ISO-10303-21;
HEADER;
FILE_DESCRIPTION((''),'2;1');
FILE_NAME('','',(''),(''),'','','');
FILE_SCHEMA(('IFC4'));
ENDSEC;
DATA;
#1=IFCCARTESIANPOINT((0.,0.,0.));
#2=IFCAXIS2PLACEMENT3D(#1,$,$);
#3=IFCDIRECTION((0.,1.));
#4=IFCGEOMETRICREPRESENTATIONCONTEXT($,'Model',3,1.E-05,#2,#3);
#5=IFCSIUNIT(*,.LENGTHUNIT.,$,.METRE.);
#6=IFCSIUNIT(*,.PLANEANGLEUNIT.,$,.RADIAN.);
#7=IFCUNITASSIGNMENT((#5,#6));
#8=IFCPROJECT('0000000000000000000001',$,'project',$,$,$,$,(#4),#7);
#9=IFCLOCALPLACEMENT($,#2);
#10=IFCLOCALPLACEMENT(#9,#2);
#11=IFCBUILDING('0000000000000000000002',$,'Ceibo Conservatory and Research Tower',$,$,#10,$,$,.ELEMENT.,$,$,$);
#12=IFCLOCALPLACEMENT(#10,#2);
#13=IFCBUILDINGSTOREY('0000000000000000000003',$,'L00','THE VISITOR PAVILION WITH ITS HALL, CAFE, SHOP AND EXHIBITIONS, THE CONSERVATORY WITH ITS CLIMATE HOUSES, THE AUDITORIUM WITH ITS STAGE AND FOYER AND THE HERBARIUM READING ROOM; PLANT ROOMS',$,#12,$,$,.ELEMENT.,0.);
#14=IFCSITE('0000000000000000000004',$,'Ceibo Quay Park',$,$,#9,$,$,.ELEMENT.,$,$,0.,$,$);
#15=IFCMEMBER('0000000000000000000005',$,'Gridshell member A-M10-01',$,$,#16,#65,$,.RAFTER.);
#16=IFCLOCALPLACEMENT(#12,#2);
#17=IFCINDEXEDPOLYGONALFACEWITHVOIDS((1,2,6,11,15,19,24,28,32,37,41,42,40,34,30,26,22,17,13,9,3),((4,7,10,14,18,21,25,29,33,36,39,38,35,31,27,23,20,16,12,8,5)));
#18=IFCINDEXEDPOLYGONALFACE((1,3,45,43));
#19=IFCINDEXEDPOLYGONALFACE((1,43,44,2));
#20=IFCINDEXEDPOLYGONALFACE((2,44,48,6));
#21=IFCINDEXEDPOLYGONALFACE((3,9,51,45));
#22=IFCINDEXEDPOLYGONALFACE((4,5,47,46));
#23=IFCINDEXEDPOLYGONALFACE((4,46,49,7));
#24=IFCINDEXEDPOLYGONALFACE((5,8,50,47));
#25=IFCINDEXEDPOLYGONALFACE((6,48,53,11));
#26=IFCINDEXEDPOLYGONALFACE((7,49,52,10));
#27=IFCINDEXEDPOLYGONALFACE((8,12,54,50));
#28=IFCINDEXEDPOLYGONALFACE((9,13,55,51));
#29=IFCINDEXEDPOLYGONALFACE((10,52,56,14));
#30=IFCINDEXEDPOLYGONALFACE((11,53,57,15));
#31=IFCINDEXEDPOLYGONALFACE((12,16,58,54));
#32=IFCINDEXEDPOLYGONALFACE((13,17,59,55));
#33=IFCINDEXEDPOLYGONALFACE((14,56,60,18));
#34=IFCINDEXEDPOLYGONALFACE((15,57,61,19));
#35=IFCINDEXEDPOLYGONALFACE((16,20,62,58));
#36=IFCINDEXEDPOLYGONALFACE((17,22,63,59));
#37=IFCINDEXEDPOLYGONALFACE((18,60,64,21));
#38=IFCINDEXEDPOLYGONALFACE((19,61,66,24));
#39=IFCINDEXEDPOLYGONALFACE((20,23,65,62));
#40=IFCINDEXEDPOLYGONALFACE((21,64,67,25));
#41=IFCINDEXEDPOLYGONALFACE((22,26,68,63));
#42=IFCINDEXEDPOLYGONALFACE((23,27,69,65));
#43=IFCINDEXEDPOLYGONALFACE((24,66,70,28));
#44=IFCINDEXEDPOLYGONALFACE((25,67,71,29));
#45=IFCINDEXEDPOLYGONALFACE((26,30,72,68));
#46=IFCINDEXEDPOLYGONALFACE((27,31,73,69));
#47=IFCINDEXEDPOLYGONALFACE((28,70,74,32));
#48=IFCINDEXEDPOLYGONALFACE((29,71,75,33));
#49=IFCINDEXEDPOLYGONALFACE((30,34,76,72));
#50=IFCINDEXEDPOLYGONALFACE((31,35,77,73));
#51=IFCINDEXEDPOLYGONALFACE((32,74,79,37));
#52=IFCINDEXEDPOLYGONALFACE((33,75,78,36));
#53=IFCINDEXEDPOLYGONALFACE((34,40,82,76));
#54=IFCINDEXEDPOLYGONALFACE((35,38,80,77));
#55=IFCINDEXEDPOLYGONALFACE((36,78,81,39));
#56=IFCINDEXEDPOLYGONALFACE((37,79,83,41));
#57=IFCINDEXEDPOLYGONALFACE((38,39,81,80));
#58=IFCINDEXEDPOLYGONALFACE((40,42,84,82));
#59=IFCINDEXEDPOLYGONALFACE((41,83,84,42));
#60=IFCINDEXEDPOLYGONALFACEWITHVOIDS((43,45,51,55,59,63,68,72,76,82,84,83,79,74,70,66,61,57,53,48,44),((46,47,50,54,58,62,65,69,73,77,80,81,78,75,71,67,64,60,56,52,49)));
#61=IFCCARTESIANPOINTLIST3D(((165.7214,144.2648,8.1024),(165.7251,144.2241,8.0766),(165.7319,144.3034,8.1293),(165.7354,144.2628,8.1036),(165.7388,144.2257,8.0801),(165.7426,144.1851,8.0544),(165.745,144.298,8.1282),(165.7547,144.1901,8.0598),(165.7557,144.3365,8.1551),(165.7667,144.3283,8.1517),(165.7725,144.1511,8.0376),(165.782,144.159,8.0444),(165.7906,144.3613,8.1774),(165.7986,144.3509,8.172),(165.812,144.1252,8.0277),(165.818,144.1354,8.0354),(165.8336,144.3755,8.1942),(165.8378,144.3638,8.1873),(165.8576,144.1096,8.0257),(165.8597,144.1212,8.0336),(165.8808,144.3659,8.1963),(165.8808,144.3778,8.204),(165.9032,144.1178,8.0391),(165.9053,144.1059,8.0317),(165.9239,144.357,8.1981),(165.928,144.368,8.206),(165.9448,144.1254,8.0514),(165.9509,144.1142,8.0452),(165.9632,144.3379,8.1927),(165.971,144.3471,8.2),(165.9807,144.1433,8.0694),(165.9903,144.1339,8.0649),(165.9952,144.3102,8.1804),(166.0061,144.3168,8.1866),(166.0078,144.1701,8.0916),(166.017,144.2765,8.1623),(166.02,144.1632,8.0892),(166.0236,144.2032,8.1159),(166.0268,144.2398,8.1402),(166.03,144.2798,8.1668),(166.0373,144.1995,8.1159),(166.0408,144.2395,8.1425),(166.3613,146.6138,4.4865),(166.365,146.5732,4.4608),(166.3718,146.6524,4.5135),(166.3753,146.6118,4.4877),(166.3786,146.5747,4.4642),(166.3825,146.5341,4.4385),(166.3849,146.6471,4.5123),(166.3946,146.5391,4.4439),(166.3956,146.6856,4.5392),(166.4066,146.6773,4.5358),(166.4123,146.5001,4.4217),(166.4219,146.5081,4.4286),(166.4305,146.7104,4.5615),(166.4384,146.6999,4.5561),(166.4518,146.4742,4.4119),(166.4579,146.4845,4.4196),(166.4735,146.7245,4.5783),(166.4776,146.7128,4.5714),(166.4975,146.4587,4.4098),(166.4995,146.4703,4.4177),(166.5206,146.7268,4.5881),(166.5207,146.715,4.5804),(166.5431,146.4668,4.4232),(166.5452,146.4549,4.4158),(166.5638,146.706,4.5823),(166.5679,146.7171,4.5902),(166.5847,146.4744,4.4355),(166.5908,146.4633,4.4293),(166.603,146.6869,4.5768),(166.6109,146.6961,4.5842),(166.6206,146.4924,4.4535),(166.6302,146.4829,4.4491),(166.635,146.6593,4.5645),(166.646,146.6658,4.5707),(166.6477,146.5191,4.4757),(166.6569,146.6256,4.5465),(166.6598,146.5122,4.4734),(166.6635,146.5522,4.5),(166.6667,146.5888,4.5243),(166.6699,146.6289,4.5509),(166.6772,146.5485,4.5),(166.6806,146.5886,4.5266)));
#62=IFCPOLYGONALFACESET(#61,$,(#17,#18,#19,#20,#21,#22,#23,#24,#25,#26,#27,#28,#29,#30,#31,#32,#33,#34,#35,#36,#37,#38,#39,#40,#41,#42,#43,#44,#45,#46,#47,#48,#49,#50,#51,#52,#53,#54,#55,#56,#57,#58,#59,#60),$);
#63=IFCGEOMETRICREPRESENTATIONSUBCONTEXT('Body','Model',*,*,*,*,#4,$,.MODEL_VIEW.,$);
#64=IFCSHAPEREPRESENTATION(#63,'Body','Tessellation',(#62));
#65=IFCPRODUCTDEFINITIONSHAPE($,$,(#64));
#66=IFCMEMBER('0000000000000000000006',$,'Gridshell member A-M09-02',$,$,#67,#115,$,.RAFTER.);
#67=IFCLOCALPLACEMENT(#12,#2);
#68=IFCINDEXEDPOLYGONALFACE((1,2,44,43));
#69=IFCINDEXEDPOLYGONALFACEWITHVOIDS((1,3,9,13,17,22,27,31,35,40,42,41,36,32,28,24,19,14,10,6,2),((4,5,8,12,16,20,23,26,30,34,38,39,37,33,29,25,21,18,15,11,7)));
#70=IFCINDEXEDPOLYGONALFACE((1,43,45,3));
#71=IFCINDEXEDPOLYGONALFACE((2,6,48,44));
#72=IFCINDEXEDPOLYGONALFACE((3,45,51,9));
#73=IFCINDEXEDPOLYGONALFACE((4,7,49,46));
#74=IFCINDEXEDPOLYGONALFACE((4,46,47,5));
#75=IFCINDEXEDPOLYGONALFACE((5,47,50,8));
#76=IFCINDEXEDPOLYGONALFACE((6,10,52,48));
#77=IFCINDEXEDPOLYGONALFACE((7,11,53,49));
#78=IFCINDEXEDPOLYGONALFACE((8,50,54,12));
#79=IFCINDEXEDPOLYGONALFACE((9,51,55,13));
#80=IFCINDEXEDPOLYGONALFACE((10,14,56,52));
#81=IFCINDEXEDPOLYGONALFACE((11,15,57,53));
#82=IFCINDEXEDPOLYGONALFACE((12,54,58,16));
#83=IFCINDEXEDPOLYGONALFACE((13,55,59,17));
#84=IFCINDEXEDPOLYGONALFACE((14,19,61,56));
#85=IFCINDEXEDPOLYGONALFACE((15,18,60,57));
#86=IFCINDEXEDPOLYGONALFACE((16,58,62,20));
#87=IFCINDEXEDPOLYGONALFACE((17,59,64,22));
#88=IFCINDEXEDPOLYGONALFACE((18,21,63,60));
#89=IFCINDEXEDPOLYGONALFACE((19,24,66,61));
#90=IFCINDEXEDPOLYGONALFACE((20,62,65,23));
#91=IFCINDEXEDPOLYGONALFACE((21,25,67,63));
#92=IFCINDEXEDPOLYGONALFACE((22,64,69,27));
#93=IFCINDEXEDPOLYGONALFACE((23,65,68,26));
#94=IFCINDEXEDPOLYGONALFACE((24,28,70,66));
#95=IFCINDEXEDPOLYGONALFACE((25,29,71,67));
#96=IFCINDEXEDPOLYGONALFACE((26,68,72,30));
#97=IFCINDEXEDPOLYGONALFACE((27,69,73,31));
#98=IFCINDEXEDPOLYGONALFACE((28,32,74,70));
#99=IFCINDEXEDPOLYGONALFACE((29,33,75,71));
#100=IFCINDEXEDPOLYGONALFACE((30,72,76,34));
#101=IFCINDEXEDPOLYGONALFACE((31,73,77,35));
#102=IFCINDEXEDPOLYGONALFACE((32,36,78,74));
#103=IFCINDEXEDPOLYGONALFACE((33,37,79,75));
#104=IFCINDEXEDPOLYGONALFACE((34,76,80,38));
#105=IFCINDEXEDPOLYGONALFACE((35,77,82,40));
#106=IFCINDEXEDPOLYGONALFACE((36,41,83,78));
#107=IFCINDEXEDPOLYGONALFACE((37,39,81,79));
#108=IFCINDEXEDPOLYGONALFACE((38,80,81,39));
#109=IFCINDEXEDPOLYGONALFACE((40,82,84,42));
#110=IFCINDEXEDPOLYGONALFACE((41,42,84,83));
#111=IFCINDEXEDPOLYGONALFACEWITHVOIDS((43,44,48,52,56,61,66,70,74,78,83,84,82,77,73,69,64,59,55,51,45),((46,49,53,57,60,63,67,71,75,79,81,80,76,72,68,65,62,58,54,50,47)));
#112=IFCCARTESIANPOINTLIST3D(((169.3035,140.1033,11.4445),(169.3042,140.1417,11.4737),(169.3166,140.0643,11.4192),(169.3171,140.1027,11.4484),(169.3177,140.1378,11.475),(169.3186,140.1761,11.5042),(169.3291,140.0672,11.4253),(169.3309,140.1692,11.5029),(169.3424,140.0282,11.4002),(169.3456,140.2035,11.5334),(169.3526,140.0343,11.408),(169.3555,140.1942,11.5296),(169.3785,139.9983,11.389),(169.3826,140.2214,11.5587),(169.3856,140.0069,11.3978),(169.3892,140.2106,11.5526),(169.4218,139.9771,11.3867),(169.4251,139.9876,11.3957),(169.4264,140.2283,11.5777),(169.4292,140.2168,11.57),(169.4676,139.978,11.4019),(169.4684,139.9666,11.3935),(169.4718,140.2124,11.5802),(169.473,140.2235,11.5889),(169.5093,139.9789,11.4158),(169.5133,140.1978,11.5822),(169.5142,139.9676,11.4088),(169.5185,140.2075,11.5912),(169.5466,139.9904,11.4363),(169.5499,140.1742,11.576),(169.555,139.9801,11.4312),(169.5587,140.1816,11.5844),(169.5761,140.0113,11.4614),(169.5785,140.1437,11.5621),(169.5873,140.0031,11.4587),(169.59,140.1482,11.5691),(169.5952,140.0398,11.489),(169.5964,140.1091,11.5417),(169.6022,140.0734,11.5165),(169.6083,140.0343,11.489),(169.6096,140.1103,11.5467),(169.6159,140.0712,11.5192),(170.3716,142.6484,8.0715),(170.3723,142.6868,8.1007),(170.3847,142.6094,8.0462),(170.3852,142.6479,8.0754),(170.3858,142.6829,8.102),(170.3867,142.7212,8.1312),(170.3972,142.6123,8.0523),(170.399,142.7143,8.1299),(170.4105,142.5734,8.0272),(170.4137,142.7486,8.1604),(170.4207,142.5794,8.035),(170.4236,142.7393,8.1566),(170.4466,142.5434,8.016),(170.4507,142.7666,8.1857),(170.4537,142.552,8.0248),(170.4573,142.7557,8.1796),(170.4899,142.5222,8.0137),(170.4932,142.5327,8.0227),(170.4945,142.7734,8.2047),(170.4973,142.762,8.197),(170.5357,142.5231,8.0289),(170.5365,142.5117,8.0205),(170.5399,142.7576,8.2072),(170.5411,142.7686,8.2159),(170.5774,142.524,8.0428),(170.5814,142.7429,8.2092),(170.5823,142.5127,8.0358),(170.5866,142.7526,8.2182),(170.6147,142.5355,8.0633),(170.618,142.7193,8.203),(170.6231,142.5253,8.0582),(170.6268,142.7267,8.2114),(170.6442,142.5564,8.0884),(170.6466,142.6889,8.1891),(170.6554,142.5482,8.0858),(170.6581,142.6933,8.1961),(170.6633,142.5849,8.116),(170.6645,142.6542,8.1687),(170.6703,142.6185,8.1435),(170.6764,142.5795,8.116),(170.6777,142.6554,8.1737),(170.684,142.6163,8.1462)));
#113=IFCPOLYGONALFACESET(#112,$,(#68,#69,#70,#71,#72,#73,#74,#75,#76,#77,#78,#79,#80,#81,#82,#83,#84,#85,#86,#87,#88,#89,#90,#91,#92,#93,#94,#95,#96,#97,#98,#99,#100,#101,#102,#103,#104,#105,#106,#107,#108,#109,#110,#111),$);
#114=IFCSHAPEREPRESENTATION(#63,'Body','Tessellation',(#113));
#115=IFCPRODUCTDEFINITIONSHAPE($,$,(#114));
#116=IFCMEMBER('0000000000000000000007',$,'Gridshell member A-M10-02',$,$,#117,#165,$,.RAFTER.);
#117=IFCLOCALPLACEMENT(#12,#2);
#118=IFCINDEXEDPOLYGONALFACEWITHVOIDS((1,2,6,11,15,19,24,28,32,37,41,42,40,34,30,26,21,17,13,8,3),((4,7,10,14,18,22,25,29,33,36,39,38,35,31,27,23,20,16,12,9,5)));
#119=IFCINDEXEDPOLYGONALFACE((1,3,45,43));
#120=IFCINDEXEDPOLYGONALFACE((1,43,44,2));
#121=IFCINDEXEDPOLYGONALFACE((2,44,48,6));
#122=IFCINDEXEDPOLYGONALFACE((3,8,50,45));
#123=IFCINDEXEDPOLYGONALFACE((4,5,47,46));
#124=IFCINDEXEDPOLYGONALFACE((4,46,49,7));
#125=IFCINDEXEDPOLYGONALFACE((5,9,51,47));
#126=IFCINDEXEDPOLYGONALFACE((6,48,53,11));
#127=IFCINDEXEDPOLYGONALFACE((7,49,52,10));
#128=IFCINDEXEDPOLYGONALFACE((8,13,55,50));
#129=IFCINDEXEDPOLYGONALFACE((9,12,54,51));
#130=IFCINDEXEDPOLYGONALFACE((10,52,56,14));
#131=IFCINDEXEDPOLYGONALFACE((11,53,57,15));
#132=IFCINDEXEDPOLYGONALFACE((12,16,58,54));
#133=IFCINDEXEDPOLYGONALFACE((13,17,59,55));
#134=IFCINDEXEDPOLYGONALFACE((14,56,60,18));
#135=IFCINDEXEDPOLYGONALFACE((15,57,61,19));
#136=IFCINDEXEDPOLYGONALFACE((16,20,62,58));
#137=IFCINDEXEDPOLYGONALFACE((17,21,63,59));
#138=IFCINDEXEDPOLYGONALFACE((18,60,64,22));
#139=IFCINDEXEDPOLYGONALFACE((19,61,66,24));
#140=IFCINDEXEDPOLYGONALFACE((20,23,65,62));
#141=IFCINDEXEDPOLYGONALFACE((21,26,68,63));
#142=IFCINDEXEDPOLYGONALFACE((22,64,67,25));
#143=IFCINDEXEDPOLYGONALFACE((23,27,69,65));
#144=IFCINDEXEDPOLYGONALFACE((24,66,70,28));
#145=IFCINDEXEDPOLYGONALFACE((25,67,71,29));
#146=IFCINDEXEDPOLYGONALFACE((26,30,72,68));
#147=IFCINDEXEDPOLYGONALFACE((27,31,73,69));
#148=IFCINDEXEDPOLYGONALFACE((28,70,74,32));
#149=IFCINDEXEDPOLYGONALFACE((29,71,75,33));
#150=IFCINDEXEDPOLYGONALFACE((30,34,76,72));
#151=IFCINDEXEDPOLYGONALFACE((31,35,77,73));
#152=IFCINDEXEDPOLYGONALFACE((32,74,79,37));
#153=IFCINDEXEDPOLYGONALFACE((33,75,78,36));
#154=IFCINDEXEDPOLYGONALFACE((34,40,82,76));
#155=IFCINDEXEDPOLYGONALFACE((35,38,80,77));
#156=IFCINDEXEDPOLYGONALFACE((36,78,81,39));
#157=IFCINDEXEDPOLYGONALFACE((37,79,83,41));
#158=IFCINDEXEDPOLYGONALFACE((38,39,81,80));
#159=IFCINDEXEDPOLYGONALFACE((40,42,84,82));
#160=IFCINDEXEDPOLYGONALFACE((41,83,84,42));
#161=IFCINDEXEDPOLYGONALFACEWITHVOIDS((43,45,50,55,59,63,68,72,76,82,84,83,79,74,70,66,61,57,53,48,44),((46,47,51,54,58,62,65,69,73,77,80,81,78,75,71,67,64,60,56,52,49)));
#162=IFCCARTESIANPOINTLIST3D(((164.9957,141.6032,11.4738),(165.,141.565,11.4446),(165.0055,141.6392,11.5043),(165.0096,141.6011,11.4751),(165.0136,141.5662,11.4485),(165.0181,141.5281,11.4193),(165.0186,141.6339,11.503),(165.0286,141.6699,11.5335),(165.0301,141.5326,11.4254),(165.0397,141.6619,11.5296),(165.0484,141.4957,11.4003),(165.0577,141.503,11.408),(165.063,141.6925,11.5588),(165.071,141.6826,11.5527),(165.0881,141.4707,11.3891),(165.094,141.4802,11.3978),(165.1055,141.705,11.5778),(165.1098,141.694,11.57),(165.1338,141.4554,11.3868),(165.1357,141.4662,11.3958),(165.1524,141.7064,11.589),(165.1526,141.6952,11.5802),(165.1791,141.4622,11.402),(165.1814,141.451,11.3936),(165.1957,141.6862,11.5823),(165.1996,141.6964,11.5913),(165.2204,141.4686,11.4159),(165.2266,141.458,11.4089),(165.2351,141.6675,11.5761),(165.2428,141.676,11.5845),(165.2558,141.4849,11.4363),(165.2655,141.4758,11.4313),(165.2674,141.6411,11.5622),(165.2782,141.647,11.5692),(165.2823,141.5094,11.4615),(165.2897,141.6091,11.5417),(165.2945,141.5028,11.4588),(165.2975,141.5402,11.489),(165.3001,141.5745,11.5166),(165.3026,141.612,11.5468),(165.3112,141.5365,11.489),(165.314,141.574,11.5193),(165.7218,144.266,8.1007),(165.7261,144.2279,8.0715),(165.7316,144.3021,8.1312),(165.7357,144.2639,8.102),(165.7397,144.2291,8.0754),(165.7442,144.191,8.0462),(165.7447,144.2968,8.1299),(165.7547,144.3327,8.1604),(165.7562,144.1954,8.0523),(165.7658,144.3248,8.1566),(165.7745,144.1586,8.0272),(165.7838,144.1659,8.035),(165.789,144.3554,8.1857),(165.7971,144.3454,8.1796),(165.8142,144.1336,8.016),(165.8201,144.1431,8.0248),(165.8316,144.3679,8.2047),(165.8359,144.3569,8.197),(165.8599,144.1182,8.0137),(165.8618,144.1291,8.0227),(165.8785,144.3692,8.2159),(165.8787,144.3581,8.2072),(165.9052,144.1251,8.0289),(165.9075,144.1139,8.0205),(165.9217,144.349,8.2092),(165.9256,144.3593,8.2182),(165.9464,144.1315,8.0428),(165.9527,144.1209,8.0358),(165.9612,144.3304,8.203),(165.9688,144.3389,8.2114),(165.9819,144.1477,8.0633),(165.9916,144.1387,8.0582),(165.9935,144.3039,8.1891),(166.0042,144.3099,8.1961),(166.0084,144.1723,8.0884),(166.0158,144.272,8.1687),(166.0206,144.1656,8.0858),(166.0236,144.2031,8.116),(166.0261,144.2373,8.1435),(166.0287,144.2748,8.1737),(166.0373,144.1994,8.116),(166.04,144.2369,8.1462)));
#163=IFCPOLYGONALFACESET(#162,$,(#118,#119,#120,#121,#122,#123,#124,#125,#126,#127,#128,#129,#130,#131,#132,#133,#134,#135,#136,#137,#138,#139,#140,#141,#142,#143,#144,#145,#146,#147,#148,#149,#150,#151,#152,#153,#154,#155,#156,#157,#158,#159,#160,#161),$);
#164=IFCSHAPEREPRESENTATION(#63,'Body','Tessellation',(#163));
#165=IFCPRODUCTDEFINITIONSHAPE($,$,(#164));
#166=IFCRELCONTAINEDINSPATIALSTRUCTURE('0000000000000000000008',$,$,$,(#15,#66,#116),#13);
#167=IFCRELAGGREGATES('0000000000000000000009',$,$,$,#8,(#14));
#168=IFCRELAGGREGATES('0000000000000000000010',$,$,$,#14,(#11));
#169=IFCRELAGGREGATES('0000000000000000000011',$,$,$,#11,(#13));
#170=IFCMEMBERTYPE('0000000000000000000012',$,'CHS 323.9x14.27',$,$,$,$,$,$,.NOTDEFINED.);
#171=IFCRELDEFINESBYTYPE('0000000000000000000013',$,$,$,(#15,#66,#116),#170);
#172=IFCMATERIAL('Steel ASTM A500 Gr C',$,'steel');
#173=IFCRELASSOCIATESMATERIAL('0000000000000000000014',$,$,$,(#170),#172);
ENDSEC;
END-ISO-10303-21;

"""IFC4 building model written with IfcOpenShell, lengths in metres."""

from ifc_helpers import new_model, si_unit, direction, frame, origin, origin_2d, place, context, subcontext, project, spatial, hollow_circle, extrude, material, material_profile, profile_set, type_object, element, save


model = new_model("IFC4")

# Units and contexts
model_context = context("Model", 3, precision=1e-05, world=origin(), true_north=direction((0.0, 1.0)))
body_context = subcontext(model_context, "Body", "Model", "MODEL_VIEW")
ifc_project = project(units=[si_unit("LENGTHUNIT", "METRE"), si_unit("PLANEANGLEUNIT", "RADIAN")], contexts=[model_context])

# Site, building, storey
site_placement = place(None, origin())
site = spatial("IfcSite", under=ifc_project, at=site_placement, Name="Ceibo Quay Park", CompositionType="ELEMENT", RefElevation=0.0)
building_placement = place(site_placement, origin())
building = spatial("IfcBuilding", under=site, at=building_placement, Name="Ceibo Conservatory and Research Tower", CompositionType="ELEMENT")
storey_placement = place(building_placement, origin())
storey = spatial("IfcBuildingStorey", under=building, at=storey_placement, Name="L00", Description="THE VISITOR PAVILION WITH ITS HALL, CAFE, SHOP AND EXHIBITIONS, THE CONSERVATORY WITH ITS CLIMATE HOUSES, THE AUDITORIUM WITH ITS STAGE AND FOYER AND THE HERBARIUM READING ROOM; PLANT ROOMS", CompositionType="ELEMENT", Elevation=0.0)

# Members
ifc_material_1 = material(Name="Steel ASTM A500 Gr C", Category="steel")
ifc_material_profile_1 = material_profile(ifc_material_1, hollow_circle(Radius=0.1619, WallThickness=0.0142, at=origin_2d()), Name="CHS 323.9x14.27")
ifc_profile_set_1 = profile_set([ifc_material_profile_1], Name="Steel ASTM A500 Gr C")
member_type_1 = type_object("IfcMemberType", Name="CHS 323.9x14.27", PredefinedType="NOTDEFINED", material=ifc_profile_set_1)
member_1_placement = place(storey_placement, frame((166.521, 146.5911, 4.5), z_axis=(-0.14679, -0.538882, 0.829493), x_axis=(0.964845, -0.26282, 0.0)))
element("IfcMember", 1, at=member_1_placement, inside=storey, type_object=member_type_1, Name="Gridshell member A-M10-01", PredefinedType="RAFTER", context=body_context, shape_type="SweptSolid", body=[
    extrude(hollow_circle(Radius=0.1619, WallThickness=0.0142, at=origin_2d()), origin(), (0.0, 0.0, 1.0), 4.3591),
])
for number, where, z_axis, x_axis, name in (
    (2, (170.5271, 142.6421, 8.116), (-0.245067, -0.58396, 0.773908), (0.922093, -0.386969, 0.0), "Gridshell member A-M09-02"),
    (3, (165.8811, 144.2419, 8.116), (-0.166593, -0.610972, 0.773925), (0.964778, -0.263065, 0.0), "Gridshell member A-M10-02"),
):
    element("IfcMember", number, at=place(storey_placement, frame(where, z_axis=z_axis, x_axis=x_axis)), inside=storey, type_object=member_type_1, Name=name, PredefinedType="RAFTER", context=body_context, shape_type="SweptSolid", body=[
        extrude(hollow_circle(Radius=0.1619, WallThickness=0.0142, at=origin_2d()), origin(), (0.0, 0.0, 1.0), 4.3584),
    ])

save(model, "model.ifc")
